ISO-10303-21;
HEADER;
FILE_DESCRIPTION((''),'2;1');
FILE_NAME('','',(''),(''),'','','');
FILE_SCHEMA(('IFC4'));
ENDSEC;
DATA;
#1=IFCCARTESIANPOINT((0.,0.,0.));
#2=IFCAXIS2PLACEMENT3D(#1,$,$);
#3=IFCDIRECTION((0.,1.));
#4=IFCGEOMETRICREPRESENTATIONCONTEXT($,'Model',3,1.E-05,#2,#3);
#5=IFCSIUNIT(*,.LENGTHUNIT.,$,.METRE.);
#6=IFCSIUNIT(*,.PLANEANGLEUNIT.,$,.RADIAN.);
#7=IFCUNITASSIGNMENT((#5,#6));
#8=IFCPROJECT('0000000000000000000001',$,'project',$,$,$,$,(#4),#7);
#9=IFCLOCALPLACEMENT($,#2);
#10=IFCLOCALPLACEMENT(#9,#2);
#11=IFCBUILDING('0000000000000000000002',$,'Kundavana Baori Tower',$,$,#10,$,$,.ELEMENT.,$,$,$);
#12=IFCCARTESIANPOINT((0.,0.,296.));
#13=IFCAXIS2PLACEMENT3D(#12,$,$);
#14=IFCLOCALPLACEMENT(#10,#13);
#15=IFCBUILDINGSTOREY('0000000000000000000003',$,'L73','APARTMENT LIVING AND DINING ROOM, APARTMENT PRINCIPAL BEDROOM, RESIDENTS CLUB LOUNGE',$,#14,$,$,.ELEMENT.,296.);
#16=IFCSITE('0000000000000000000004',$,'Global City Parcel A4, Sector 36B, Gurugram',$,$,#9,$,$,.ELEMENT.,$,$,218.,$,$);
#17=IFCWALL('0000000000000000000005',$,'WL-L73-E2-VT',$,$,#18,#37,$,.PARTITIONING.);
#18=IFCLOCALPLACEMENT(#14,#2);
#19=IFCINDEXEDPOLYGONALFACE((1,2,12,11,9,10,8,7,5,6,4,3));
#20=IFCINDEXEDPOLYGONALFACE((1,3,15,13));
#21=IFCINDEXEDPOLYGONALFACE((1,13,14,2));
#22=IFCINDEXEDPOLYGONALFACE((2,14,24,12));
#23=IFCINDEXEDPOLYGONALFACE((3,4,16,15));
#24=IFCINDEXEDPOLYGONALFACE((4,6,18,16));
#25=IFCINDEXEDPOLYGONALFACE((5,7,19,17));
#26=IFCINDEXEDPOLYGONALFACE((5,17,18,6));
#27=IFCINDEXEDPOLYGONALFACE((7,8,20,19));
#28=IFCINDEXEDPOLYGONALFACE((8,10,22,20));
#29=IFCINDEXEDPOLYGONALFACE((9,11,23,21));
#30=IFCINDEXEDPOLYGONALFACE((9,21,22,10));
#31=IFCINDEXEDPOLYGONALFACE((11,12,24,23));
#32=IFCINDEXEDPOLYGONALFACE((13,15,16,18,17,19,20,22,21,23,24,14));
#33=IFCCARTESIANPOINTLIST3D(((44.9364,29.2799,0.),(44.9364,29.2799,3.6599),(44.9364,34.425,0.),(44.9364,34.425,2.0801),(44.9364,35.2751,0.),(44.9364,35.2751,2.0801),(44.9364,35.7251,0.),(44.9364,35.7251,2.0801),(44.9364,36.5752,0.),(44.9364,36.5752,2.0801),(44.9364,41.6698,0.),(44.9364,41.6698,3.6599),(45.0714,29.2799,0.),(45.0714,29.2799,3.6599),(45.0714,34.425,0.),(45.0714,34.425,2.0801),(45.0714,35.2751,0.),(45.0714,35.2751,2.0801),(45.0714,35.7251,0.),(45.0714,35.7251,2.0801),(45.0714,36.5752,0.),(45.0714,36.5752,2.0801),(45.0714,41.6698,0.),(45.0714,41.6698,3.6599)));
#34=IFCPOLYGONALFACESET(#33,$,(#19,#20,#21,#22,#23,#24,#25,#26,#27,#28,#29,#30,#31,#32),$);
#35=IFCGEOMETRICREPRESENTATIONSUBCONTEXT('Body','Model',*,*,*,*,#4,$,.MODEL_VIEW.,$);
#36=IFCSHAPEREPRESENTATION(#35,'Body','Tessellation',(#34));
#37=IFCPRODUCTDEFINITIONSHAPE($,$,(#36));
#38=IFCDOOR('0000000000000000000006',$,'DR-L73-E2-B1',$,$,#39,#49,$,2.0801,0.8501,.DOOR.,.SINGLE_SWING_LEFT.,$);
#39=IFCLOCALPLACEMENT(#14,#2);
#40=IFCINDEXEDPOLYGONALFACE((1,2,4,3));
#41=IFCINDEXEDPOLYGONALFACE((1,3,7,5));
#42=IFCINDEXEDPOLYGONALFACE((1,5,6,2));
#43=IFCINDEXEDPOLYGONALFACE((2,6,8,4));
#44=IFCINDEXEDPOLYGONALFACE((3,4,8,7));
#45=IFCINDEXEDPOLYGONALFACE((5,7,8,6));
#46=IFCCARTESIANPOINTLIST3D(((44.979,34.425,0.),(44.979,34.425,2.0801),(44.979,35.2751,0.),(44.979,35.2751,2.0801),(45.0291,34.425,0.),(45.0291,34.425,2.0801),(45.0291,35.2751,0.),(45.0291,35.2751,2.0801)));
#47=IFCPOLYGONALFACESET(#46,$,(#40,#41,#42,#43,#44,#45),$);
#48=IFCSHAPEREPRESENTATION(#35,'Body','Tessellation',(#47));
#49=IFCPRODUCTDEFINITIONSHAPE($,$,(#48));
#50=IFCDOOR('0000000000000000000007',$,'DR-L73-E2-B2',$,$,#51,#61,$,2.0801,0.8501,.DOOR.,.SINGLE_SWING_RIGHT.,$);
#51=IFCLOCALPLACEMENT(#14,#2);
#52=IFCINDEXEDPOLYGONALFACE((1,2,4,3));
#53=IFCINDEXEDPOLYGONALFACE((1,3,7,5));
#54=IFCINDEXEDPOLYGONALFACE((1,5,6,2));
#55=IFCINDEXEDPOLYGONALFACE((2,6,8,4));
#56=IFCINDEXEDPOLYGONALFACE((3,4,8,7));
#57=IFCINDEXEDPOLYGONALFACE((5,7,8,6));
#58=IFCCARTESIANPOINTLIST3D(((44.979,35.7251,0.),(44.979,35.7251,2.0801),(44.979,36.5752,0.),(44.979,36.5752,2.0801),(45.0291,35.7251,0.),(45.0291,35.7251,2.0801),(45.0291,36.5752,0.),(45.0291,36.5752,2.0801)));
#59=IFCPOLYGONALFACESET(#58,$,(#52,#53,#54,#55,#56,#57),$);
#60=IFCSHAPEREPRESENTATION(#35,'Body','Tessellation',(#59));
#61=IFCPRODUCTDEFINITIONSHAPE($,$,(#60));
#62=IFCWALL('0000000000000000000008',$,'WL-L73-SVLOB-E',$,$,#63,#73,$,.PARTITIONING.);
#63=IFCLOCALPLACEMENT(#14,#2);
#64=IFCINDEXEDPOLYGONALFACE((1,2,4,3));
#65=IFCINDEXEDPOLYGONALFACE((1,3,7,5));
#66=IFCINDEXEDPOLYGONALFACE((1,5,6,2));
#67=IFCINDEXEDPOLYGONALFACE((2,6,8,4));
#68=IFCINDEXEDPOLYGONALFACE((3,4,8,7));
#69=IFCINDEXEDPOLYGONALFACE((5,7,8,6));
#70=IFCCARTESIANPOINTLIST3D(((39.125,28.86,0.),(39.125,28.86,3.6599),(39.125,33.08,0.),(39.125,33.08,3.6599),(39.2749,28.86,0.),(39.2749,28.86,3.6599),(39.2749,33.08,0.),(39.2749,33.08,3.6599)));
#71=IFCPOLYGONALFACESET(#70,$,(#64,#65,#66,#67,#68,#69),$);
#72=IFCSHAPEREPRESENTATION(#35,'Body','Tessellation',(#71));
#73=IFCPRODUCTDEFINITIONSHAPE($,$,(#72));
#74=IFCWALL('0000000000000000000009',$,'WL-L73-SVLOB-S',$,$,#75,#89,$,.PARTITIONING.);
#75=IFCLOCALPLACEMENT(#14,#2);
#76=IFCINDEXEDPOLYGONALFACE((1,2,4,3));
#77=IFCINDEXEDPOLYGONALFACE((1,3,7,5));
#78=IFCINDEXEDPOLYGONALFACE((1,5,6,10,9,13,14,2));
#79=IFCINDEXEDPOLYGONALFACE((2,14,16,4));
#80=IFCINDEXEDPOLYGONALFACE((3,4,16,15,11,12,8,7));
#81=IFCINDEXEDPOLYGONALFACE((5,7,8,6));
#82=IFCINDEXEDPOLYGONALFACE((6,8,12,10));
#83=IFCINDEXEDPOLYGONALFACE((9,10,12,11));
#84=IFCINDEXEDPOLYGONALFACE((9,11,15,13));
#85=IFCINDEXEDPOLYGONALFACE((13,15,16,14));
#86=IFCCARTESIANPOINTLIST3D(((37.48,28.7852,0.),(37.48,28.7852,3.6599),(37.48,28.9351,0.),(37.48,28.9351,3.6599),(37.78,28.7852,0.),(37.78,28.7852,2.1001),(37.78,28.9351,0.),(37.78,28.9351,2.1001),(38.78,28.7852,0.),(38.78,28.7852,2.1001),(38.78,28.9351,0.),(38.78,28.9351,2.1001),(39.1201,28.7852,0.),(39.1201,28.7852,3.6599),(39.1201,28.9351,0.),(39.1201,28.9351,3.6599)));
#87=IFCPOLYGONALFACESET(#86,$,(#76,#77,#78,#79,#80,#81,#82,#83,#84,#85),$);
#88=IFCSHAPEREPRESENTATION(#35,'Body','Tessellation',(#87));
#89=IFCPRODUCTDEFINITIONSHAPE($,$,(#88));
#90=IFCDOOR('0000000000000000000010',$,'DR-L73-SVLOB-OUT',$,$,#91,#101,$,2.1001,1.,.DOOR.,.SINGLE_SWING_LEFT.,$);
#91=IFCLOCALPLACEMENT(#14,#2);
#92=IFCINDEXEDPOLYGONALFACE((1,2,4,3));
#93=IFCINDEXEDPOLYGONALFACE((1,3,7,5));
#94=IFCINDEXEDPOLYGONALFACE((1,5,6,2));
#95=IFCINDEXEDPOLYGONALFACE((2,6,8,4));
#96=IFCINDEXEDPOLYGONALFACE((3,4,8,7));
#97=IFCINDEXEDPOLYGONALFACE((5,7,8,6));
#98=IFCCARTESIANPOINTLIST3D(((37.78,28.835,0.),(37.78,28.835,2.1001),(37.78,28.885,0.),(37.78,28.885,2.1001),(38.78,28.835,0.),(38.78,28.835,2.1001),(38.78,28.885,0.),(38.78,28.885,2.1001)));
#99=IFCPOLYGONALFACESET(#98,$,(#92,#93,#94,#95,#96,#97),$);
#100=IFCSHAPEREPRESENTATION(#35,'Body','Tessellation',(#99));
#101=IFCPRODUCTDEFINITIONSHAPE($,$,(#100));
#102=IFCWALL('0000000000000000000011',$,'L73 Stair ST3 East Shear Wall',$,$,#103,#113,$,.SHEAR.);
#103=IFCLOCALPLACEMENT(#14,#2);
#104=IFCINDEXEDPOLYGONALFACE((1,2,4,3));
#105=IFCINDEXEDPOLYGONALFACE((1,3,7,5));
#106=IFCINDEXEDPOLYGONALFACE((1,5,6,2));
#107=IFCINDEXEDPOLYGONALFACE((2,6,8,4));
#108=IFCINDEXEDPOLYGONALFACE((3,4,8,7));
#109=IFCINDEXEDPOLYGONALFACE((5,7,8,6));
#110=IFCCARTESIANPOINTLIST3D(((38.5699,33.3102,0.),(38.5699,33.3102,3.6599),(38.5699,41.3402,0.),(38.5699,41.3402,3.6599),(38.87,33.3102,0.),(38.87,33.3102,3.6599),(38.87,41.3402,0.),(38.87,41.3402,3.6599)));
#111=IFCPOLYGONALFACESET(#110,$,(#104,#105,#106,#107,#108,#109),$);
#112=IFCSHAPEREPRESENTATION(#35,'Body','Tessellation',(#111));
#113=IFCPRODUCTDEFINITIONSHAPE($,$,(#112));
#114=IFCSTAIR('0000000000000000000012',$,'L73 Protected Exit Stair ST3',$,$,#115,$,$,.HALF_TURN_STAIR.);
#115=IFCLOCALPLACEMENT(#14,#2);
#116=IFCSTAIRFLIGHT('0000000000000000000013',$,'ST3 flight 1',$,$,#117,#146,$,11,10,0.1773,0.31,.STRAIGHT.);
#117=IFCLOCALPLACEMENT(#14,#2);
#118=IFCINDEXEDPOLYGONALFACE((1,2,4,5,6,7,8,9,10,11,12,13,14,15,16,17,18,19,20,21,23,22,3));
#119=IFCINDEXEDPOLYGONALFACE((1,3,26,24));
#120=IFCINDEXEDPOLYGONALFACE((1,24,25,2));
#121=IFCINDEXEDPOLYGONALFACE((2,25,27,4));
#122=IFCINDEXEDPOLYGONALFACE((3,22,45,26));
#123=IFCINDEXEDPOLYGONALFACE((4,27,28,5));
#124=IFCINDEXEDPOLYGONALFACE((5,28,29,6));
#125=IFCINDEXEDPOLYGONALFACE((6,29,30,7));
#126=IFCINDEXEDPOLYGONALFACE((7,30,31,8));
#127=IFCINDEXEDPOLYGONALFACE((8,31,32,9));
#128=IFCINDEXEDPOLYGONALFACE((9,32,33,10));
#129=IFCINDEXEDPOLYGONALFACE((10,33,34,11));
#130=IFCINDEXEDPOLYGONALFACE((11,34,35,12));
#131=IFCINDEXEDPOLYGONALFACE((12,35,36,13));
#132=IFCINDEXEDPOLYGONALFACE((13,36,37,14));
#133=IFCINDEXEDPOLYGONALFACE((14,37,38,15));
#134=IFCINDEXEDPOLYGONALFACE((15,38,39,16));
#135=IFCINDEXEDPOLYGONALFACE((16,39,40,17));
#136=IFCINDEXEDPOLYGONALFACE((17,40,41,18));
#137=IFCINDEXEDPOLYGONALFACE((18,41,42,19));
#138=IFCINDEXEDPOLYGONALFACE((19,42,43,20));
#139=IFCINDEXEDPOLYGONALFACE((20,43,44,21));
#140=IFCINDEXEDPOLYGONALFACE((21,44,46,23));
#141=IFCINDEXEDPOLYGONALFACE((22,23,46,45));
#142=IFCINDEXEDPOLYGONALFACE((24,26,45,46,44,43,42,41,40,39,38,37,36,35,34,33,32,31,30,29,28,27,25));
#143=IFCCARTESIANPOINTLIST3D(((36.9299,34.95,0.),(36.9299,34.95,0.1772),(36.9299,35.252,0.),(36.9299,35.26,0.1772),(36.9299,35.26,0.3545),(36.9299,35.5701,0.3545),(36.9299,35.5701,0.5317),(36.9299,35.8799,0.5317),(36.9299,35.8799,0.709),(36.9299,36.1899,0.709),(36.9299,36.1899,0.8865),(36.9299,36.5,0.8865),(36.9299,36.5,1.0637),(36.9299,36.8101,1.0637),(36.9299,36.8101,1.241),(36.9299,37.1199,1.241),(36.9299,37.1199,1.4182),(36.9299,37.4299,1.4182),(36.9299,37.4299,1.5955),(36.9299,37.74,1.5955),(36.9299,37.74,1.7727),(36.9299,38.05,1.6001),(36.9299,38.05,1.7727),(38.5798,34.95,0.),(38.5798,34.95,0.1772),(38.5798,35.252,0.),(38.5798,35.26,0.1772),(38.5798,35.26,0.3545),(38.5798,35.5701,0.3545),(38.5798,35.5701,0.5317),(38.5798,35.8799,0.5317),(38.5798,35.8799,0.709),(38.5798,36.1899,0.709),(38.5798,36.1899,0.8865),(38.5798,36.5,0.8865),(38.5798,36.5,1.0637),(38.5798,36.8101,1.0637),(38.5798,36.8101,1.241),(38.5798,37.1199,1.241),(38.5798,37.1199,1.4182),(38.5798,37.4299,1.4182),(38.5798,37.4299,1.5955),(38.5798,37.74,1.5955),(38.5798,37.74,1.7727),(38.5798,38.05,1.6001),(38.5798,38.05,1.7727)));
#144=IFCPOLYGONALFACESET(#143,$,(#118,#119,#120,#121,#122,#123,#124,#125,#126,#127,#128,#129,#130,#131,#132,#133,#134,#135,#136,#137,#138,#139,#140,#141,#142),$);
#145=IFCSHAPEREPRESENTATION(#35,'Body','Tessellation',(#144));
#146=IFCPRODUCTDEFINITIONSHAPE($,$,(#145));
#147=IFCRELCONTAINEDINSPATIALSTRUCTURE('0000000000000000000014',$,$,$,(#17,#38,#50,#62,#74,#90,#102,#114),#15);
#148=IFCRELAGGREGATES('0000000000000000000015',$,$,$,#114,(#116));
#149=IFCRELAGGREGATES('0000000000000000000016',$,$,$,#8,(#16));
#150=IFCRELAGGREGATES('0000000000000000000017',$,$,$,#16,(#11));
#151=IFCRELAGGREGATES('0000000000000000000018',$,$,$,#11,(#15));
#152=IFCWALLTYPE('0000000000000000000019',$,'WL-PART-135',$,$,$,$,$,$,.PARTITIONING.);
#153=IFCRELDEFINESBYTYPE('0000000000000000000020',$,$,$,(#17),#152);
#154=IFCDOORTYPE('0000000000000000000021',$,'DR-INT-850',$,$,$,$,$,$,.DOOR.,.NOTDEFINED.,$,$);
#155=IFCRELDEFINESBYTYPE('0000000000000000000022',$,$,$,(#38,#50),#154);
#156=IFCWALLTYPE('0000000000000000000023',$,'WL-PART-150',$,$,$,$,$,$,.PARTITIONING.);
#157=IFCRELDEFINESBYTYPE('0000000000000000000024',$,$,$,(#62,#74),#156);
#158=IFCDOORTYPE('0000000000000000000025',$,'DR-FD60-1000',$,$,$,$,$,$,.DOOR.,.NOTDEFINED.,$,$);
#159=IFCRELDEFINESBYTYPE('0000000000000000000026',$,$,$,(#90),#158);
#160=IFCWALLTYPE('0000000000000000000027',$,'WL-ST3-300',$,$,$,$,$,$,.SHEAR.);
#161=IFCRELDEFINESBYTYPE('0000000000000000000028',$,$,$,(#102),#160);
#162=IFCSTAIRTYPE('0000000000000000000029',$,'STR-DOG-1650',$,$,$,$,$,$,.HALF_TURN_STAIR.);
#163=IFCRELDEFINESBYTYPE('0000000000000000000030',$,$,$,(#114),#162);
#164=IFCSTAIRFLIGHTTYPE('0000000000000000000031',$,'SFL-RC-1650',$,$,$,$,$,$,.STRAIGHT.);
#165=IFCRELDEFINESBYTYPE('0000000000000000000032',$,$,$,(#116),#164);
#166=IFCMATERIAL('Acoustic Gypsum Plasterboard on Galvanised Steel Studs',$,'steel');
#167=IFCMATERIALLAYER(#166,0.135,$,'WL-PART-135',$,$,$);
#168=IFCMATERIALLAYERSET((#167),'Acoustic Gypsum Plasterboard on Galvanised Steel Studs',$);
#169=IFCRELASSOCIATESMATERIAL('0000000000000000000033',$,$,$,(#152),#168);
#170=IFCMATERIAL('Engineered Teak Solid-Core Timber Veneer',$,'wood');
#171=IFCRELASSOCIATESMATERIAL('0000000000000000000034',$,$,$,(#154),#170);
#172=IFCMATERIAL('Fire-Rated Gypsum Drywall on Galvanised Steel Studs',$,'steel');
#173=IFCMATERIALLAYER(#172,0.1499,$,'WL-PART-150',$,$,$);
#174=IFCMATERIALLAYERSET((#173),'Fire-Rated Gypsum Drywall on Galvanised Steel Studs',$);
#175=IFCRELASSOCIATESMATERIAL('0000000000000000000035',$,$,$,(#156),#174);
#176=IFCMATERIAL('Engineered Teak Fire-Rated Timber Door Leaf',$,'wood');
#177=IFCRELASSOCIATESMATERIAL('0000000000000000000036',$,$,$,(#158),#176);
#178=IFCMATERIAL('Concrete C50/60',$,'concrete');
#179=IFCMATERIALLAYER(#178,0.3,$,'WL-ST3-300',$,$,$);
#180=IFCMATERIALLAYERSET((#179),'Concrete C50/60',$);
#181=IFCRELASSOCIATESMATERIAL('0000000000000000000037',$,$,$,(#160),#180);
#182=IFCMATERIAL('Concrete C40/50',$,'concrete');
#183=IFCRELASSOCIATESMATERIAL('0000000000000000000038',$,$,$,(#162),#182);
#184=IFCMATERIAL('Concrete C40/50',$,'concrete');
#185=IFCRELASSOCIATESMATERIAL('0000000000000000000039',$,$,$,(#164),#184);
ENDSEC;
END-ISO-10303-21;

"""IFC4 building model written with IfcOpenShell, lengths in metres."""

from ifc_helpers import new_model, si_unit, direction, frame, frame_2d, origin, place, context, subcontext, project, spatial, polyline, rectangle, outline, extrude, material, layer, layer_set, type_object, element, fill, aggregate, save


model = new_model("IFC4")

# Units and contexts
model_context = context("Model", 3, precision=1e-05, world=origin(), true_north=direction((0.0, 1.0)))
body_context = subcontext(model_context, "Body", "Model", "MODEL_VIEW")
ifc_project = project(units=[si_unit("LENGTHUNIT", "METRE"), si_unit("PLANEANGLEUNIT", "RADIAN")], contexts=[model_context])

# Site, building, storey
site_placement = place(None, origin())
site = spatial("IfcSite", under=ifc_project, at=site_placement, Name="Global City Parcel A4, Sector 36B, Gurugram", CompositionType="ELEMENT", RefElevation=218.0)
building_placement = place(site_placement, origin())
building = spatial("IfcBuilding", under=site, at=building_placement, Name="Kundavana Baori Tower", CompositionType="ELEMENT")
storey_placement = place(building_placement, frame((0.0, 0.0, 296.0)))
storey = spatial("IfcBuildingStorey", under=building, at=storey_placement, Name="L73", Description="APARTMENT LIVING AND DINING ROOM, APARTMENT PRINCIPAL BEDROOM, RESIDENTS CLUB LOUNGE", CompositionType="ELEMENT", Elevation=296.0)

# Shared definitions
ifc_material_1 = material(Name="Acoustic Gypsum Plasterboard on Galvanised Steel Studs", Category="steel")
ifc_layer_1 = layer(ifc_material_1, 0.135, Name="WL-PART-135")
ifc_layer_set_1 = layer_set([ifc_layer_1], Name="Acoustic Gypsum Plasterboard on Galvanised Steel Studs")
wall_type_1 = type_object("IfcWallType", Name="WL-PART-135", PredefinedType="PARTITIONING", material=ifc_layer_set_1)

# Wall, openings, doors
wall_1_placement = place(storey_placement, frame((45.0039, 29.28, 0.0), z_axis=(0.0, 0.0, 1.0), x_axis=(0.0, 1.0, 0.0)))
wall_1 = element("IfcWall", 1, at=wall_1_placement, inside=storey, type_object=wall_type_1, Name="WL-L73-E2-VT", PredefinedType="PARTITIONING", context=body_context, shape_type="SweptSolid", body=[
    extrude(rectangle(XDim=12.3899, YDim=0.135, at=frame_2d((6.1948, 0.0))), origin(), (0.0, 0.0, 1.0), 3.6599),
])
opening_1_placement = place(wall_1_placement, frame((5.145, 0.0, 0.0)))
opening_1 = element("IfcOpeningElement", 2, at=opening_1_placement, cuts=wall_1, PredefinedType="OPENING", context=body_context, shape_type="SweptSolid", body=[
    extrude(rectangle(XDim=0.8501, YDim=2.0801, at=frame_2d((0.425, 1.04))), frame((0.0, 0.0776, 0.0), z_axis=(0.0, -1.0, 0.0), x_axis=(1.0, 0.0, 0.0)), (0.0, 0.0, 1.0), 0.155),
])
opening_2_placement = place(wall_1_placement, frame((6.4451, 0.0, 0.0)))
opening_2 = element("IfcOpeningElement", 3, at=opening_2_placement, cuts=wall_1, PredefinedType="OPENING", context=body_context, shape_type="SweptSolid", body=[
    extrude(rectangle(XDim=0.8501, YDim=2.0801, at=frame_2d((0.425, 1.04))), frame((0.0, 0.0776, 0.0), z_axis=(0.0, -1.0, 0.0), x_axis=(1.0, 0.0, 0.0)), (0.0, 0.0, 1.0), 0.155),
])
ifc_material_2 = material(Name="Engineered Teak Solid-Core Timber Veneer", Category="wood")
door_type_1 = type_object("IfcDoorType", Name="DR-INT-850", OperationType="NOTDEFINED", PredefinedType="DOOR", material=ifc_material_2)
door_1_placement = place(opening_1_placement, origin())
door_1 = element("IfcDoor", 4, at=door_1_placement, inside=storey, type_object=door_type_1, Name="DR-L73-E2-B1", OperationType="SINGLE_SWING_LEFT", OverallHeight=2.0801, OverallWidth=0.8501, PredefinedType="DOOR", context=body_context, shape_type="SweptSolid", body=[
    extrude(rectangle(XDim=0.8501, YDim=2.0801, at=frame_2d((0.425, 1.04))), frame((0.0, 0.0249, 0.0), z_axis=(0.0, -1.0, 0.0), x_axis=(1.0, 0.0, 0.0)), (0.0, 0.0, 1.0), 0.05),
])
fill(opening_1, door_1)
door_2_placement = place(opening_2_placement, origin())
door_2 = element("IfcDoor", 5, at=door_2_placement, inside=storey, type_object=door_type_1, Name="DR-L73-E2-B2", OperationType="SINGLE_SWING_RIGHT", OverallHeight=2.0801, OverallWidth=0.8501, PredefinedType="DOOR", context=body_context, shape_type="SweptSolid", body=[
    extrude(rectangle(XDim=0.8501, YDim=2.0801, at=frame_2d((0.425, 1.04))), frame((0.0, 0.0249, 0.0), z_axis=(0.0, -1.0, 0.0), x_axis=(1.0, 0.0, 0.0)), (0.0, 0.0, 1.0), 0.05),
])
fill(opening_2, door_2)

# Wall
ifc_material_3 = material(Name="Fire-Rated Gypsum Drywall on Galvanised Steel Studs", Category="steel")
ifc_layer_2 = layer(ifc_material_3, 0.1499, Name="WL-PART-150")
ifc_layer_set_2 = layer_set([ifc_layer_2], Name="Fire-Rated Gypsum Drywall on Galvanised Steel Studs")
wall_type_2 = type_object("IfcWallType", Name="WL-PART-150", PredefinedType="PARTITIONING", material=ifc_layer_set_2)
wall_2_placement = place(storey_placement, frame((39.2, 28.8601, 0.0), z_axis=(0.0, 0.0, 1.0), x_axis=(0.0, 1.0, 0.0)))
element("IfcWall", 6, at=wall_2_placement, inside=storey, type_object=wall_type_2, Name="WL-L73-SVLOB-E", PredefinedType="PARTITIONING", context=body_context, shape_type="SweptSolid", body=[
    extrude(rectangle(XDim=4.22, YDim=0.1499, at=frame_2d((2.1099, 0.0))), origin(), (0.0, 0.0, 1.0), 3.6599),
])

# Wall, opening, door
wall_3_placement = place(storey_placement, frame((37.48, 28.8601, 0.0), z_axis=(0.0, 0.0, 1.0), x_axis=(1.0, 0.0, 0.0)))
wall_3 = element("IfcWall", 7, at=wall_3_placement, inside=storey, type_object=wall_type_2, Name="WL-L73-SVLOB-S", PredefinedType="PARTITIONING", context=body_context, shape_type="SweptSolid", body=[
    extrude(rectangle(XDim=1.6401, YDim=0.1499, at=frame_2d((0.8201, 0.0))), origin(), (0.0, 0.0, 1.0), 3.6599),
])
opening_3_placement = place(wall_3_placement, frame((0.3, 0.0, 0.0)))
opening_3 = element("IfcOpeningElement", 8, at=opening_3_placement, cuts=wall_3, PredefinedType="OPENING", context=body_context, shape_type="SweptSolid", body=[
    extrude(rectangle(XDim=1.0, YDim=2.1001, at=frame_2d((0.5, 1.05))), frame((0.0, 0.085, 0.0), z_axis=(0.0, -1.0, 0.0), x_axis=(1.0, 0.0, 0.0)), (0.0, 0.0, 1.0), 0.1699),
])
ifc_material_4 = material(Name="Engineered Teak Fire-Rated Timber Door Leaf", Category="wood")
door_type_2 = type_object("IfcDoorType", Name="DR-FD60-1000", OperationType="NOTDEFINED", PredefinedType="DOOR", material=ifc_material_4)
door_3_placement = place(opening_3_placement, origin())
door_3 = element("IfcDoor", 9, at=door_3_placement, inside=storey, type_object=door_type_2, Name="DR-L73-SVLOB-OUT", OperationType="SINGLE_SWING_LEFT", OverallHeight=2.1001, OverallWidth=1.0, PredefinedType="DOOR", context=body_context, shape_type="SweptSolid", body=[
    extrude(rectangle(XDim=1.0, YDim=2.1001, at=frame_2d((0.5, 1.05))), frame((0.0, 0.0249, 0.0), z_axis=(0.0, -1.0, 0.0), x_axis=(1.0, 0.0, 0.0)), (0.0, 0.0, 1.0), 0.05),
])
fill(opening_3, door_3)

# Wall
ifc_material_5 = material(Name="Concrete C50/60", Category="concrete")
ifc_layer_3 = layer(ifc_material_5, 0.3, Name="WL-ST3-300")
ifc_layer_set_3 = layer_set([ifc_layer_3], Name="Concrete C50/60")
wall_type_3 = type_object("IfcWallType", Name="WL-ST3-300", PredefinedType="SHEAR", material=ifc_layer_set_3)
wall_4_placement = place(storey_placement, frame((38.72, 33.3101, 0.0), z_axis=(0.0, 0.0, 1.0), x_axis=(0.0, 1.0, 0.0)))
element("IfcWall", 10, at=wall_4_placement, inside=storey, type_object=wall_type_3, Name="L73 Stair ST3 East Shear Wall", PredefinedType="SHEAR", context=body_context, shape_type="SweptSolid", body=[
    extrude(rectangle(XDim=8.03, YDim=0.3, at=frame_2d((4.0151, 0.0))), origin(), (0.0, 0.0, 1.0), 3.6599),
])

# Stair, stair flight
ifc_material_6 = material(Name="Concrete C40/50", Category="concrete")
stair_type = type_object("IfcStairType", Name="STR-DOG-1650", PredefinedType="HALF_TURN_STAIR", material=ifc_material_6)
stair_placement = place(storey_placement, origin())
stair = element("IfcStair", 11, at=stair_placement, inside=storey, type_object=stair_type, Name="L73 Protected Exit Stair ST3", PredefinedType="HALF_TURN_STAIR")
ifc_material_7 = material(Name="Concrete C40/50", Category="concrete")
stair_flight_type = type_object("IfcStairFlightType", Name="SFL-RC-1650", PredefinedType="STRAIGHT", material=ifc_material_7)
stair_flight_placement = place(storey_placement, frame((37.7549, 34.95, 0.0), z_axis=(0.0, 0.0, 1.0), x_axis=(0.0, 1.0, 0.0)))
stair_flight = element("IfcStairFlight", 12, at=stair_flight_placement, type_object=stair_flight_type, Name="ST3 flight 1", NumberOfRisers=11, NumberOfTreads=10, PredefinedType="STRAIGHT", RiserHeight=0.1773, TreadLength=0.31, context=body_context, shape_type="SweptSolid", body=[
    extrude(outline(polyline([(0.0, 0.0), (0.0, 0.1772), (0.3101, 0.1772), (0.3101, 0.3545), (0.6201, 0.3545), (0.6201, 0.5317), (0.9299, 0.5317), (0.9299, 0.709), (1.24, 0.709), (1.24, 0.8865), (1.55, 0.8865), (1.55, 1.0637), (1.8601, 1.0637), (1.8601, 1.241), (2.1699, 1.241), (2.1699, 1.4182), (2.48, 1.4182), (2.48, 1.5955), (2.79, 1.5955), (2.79, 1.7727), (3.1001, 1.7727), (3.1001, 1.95), (3.1001, 1.6001), (0.302, 0.0), (0.0, 0.0)])), frame((0.0, 0.825, 0.0), z_axis=(0.0, -1.0, 0.0), x_axis=(1.0, 0.0, 0.0)), (0.0, 0.0, 1.0), 1.6499),
])
aggregate(stair, [stair_flight])

save(model, "model.ifc")
